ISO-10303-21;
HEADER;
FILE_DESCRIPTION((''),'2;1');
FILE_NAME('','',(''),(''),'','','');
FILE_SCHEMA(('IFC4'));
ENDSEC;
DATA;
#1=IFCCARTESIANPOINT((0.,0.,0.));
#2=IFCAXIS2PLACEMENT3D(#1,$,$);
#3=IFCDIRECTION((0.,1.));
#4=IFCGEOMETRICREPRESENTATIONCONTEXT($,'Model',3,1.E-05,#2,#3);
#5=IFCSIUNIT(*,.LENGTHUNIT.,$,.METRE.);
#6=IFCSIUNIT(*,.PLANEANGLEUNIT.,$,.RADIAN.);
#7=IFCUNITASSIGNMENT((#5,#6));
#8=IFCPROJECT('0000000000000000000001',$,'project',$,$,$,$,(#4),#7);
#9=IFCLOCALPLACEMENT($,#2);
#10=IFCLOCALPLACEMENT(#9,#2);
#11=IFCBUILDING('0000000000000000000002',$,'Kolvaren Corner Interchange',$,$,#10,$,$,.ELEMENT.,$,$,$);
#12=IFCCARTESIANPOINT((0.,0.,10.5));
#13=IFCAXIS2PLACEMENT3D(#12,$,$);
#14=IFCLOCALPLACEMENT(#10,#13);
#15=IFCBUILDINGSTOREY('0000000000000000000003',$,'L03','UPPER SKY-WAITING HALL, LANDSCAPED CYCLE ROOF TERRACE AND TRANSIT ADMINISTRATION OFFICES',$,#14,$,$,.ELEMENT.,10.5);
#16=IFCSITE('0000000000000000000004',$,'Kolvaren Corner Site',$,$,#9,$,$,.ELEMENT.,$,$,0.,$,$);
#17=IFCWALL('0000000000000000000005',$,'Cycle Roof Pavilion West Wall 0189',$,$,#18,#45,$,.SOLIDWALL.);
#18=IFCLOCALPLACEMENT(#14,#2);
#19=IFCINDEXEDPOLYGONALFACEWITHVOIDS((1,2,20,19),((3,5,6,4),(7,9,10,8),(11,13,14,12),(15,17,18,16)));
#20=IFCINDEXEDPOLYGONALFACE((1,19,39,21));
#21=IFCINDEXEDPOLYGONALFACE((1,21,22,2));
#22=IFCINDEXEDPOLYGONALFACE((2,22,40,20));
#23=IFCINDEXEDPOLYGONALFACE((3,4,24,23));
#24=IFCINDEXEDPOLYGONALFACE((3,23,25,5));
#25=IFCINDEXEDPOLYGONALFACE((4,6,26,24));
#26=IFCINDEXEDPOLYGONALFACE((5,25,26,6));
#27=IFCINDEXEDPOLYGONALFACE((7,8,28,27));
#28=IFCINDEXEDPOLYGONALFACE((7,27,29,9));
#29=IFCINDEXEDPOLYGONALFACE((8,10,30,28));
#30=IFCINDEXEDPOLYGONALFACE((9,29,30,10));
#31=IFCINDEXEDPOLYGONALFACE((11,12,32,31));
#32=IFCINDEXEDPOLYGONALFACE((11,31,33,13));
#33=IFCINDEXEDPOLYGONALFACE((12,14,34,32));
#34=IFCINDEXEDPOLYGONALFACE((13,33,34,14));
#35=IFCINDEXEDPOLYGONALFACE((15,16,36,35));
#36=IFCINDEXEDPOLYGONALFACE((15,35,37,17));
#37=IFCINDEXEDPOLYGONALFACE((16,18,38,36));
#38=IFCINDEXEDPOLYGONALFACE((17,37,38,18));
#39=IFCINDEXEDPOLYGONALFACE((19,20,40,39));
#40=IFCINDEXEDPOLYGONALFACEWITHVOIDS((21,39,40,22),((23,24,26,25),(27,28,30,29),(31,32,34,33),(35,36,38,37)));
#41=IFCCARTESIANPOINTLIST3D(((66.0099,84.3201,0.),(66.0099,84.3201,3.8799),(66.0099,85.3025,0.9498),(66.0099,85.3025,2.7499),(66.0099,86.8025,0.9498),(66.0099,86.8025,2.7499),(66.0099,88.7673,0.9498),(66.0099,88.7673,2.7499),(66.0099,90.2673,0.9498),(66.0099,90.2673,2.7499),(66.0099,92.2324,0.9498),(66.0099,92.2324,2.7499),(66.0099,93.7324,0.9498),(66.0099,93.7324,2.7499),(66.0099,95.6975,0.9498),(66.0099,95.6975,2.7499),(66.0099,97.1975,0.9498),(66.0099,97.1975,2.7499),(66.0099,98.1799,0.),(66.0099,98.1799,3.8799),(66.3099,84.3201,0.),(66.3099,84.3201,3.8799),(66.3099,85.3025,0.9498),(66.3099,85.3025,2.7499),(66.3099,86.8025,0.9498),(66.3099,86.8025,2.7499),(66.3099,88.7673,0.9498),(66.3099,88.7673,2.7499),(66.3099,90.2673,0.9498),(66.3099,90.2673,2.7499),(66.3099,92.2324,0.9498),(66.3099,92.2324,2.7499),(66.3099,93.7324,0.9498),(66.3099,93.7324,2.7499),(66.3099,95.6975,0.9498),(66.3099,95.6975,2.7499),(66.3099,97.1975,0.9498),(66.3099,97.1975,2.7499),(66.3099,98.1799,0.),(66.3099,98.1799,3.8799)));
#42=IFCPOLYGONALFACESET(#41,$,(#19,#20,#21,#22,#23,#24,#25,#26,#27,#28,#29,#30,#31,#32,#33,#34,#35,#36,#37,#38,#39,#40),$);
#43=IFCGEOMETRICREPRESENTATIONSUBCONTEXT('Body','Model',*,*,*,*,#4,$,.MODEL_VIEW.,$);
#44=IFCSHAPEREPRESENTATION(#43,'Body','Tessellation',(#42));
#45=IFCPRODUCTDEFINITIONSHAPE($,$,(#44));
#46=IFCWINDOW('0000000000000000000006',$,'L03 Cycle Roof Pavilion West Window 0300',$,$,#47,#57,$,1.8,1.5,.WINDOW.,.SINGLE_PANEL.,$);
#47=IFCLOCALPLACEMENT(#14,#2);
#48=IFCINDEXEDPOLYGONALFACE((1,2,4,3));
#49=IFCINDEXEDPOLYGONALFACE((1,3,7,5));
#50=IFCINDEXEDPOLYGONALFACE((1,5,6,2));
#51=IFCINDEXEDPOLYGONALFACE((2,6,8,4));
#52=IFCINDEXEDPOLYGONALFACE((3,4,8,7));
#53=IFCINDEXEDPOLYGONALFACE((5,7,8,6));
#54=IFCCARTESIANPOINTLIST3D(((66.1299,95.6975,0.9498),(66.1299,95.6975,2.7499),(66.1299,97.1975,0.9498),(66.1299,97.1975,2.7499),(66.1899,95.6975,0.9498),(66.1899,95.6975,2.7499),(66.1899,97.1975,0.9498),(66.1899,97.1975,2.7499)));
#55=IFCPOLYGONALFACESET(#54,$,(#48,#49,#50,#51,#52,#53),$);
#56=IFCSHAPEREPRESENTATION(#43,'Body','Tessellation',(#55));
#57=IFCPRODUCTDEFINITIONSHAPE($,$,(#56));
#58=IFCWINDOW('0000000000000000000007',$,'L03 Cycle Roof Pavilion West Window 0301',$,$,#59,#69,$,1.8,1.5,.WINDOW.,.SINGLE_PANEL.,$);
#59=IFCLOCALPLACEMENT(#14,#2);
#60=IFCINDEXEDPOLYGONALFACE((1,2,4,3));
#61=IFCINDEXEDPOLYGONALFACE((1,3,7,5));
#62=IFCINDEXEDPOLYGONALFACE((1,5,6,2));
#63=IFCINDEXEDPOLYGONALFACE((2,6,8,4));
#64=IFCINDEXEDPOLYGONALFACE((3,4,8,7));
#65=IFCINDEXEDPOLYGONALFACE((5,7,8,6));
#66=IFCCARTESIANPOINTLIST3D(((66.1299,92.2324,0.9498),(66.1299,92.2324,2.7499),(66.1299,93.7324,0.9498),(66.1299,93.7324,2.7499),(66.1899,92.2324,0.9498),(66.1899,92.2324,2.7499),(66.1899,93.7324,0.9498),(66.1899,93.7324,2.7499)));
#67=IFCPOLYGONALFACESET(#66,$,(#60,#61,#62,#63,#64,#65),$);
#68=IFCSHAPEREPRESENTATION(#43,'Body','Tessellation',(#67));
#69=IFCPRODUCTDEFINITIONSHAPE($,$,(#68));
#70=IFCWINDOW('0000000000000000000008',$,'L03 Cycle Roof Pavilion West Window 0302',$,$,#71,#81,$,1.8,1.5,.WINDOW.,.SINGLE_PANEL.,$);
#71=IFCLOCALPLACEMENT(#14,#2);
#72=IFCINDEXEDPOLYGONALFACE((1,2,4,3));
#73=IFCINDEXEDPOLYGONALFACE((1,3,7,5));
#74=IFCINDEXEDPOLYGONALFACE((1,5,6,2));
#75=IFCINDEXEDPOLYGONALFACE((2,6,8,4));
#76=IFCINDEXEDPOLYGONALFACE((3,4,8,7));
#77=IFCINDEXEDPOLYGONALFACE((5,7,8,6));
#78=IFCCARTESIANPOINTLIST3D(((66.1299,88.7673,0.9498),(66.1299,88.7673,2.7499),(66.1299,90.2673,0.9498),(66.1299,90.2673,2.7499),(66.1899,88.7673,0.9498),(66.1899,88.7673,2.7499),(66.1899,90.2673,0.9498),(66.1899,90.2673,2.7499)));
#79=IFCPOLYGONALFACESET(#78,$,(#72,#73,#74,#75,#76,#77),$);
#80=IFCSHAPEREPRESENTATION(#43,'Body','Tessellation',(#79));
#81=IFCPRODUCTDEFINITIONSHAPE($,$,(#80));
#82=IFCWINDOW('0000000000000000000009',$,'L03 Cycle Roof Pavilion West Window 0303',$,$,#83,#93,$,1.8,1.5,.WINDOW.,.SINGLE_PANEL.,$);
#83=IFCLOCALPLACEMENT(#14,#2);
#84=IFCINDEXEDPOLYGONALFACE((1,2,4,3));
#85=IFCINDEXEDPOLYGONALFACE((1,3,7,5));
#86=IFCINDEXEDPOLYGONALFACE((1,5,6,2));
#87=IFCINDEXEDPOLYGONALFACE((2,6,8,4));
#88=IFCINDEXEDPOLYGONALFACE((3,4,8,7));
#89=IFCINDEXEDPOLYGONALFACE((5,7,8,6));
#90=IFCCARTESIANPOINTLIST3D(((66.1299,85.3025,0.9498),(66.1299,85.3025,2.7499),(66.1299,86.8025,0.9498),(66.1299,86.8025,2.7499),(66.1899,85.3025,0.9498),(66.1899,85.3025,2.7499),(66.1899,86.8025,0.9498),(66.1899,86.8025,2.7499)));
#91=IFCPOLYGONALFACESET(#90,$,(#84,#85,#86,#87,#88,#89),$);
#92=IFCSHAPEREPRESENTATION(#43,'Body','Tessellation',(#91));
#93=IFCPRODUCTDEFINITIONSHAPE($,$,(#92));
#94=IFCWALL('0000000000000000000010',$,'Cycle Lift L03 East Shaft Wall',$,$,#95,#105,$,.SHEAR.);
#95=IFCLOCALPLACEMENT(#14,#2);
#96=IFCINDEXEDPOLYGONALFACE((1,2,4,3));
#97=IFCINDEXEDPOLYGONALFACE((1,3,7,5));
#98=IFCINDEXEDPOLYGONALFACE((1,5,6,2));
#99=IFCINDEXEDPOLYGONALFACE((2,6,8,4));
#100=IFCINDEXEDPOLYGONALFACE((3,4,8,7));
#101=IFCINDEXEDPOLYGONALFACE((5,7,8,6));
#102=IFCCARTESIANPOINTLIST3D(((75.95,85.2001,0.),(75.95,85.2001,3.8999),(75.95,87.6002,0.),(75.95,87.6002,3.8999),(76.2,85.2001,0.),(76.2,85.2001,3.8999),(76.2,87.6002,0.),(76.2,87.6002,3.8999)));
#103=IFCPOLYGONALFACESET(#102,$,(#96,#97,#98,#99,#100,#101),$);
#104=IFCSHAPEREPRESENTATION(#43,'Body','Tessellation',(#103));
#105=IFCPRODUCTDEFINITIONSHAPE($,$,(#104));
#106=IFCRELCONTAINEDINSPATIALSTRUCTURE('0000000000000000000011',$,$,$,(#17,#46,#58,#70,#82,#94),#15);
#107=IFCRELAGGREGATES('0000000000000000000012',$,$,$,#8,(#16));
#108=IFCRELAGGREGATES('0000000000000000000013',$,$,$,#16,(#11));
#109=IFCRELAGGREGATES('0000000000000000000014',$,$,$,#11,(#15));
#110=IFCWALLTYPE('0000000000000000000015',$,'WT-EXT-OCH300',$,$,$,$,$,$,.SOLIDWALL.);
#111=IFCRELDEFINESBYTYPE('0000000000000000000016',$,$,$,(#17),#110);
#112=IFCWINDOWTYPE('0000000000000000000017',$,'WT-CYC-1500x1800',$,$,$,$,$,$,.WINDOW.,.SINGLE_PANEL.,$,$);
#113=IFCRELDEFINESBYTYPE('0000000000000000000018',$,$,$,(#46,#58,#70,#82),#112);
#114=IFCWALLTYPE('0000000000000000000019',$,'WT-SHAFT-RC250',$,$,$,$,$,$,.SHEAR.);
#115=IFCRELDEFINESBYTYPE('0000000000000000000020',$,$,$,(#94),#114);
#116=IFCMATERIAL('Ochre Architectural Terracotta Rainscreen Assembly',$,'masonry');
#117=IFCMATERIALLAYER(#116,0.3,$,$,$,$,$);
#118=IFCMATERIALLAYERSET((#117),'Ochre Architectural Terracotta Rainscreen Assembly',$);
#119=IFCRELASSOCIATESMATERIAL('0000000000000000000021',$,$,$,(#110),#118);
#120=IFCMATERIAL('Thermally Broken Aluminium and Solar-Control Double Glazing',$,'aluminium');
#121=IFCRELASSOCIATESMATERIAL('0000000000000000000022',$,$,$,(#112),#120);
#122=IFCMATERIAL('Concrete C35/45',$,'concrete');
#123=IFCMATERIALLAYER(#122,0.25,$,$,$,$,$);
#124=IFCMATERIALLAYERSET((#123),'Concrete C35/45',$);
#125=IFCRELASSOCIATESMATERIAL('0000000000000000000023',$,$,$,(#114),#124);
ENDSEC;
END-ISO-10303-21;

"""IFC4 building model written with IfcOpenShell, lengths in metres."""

from ifc_helpers import new_model, si_unit, direction, frame, frame_2d, origin, place, context, subcontext, project, spatial, rectangle, extrude, material, layer, layer_set, type_object, element, fill, save


model = new_model("IFC4")

# Units and contexts
model_context = context("Model", 3, precision=1e-05, world=origin(), true_north=direction((0.0, 1.0)))
body_context = subcontext(model_context, "Body", "Model", "MODEL_VIEW")
ifc_project = project(units=[si_unit("LENGTHUNIT", "METRE"), si_unit("PLANEANGLEUNIT", "RADIAN")], contexts=[model_context])

# Site, building, storey
site_placement = place(None, origin())
site = spatial("IfcSite", under=ifc_project, at=site_placement, Name="Kolvaren Corner Site", CompositionType="ELEMENT", RefElevation=0.0)
building_placement = place(site_placement, origin())
building = spatial("IfcBuilding", under=site, at=building_placement, Name="Kolvaren Corner Interchange", CompositionType="ELEMENT")
storey_placement = place(building_placement, frame((0.0, 0.0, 10.5)))
storey = spatial("IfcBuildingStorey", under=building, at=storey_placement, Name="L03", Description="UPPER SKY-WAITING HALL, LANDSCAPED CYCLE ROOF TERRACE AND TRANSIT ADMINISTRATION OFFICES", CompositionType="ELEMENT", Elevation=10.5)

# Wall, openings, windows
ifc_material_1 = material(Name="Ochre Architectural Terracotta Rainscreen Assembly", Category="masonry")
ifc_layer_1 = layer(ifc_material_1, 0.3)
ifc_layer_set_1 = layer_set([ifc_layer_1], Name="Ochre Architectural Terracotta Rainscreen Assembly")
wall_type_1 = type_object("IfcWallType", Name="WT-EXT-OCH300", PredefinedType="SOLIDWALL", material=ifc_layer_set_1)
wall_1_placement = place(storey_placement, frame((66.1599, 98.1799, 0.0), z_axis=(0.0, 0.0, 1.0), x_axis=(0.0, -1.0, 0.0)))
wall_1 = element("IfcWall", 1, at=wall_1_placement, inside=storey, type_object=wall_type_1, Name="Cycle Roof Pavilion West Wall 0189", PredefinedType="SOLIDWALL", context=body_context, shape_type="SweptSolid", body=[
    extrude(rectangle(XDim=13.8599, YDim=0.3, at=frame_2d((6.9299, 0.0))), origin(), (0.0, 0.0, 1.0), 3.8799),
])
opening_1_placement = place(wall_1_placement, frame((0.9824, 0.0, 0.95)))
opening_1 = element("IfcOpeningElement", 2, at=opening_1_placement, cuts=wall_1, PredefinedType="OPENING", context=body_context, shape_type="SweptSolid", body=[
    extrude(rectangle(XDim=1.5, YDim=1.8, at=frame_2d((0.75, 0.8999))), frame((0.0, 0.1599, 0.0), z_axis=(0.0, -1.0, 0.0), x_axis=(1.0, 0.0, 0.0)), (0.0, 0.0, 1.0), 0.3201),
])
opening_2_placement = place(wall_1_placement, frame((4.4475, 0.0, 0.95)))
opening_2 = element("IfcOpeningElement", 3, at=opening_2_placement, cuts=wall_1, PredefinedType="OPENING", context=body_context, shape_type="SweptSolid", body=[
    extrude(rectangle(XDim=1.5, YDim=1.8, at=frame_2d((0.75, 0.8999))), frame((0.0, 0.1599, 0.0), z_axis=(0.0, -1.0, 0.0), x_axis=(1.0, 0.0, 0.0)), (0.0, 0.0, 1.0), 0.3201),
])
opening_3_placement = place(wall_1_placement, frame((7.9126, 0.0, 0.95)))
opening_3 = element("IfcOpeningElement", 4, at=opening_3_placement, cuts=wall_1, PredefinedType="OPENING", context=body_context, shape_type="SweptSolid", body=[
    extrude(rectangle(XDim=1.5, YDim=1.8, at=frame_2d((0.75, 0.8999))), frame((0.0, 0.1599, 0.0), z_axis=(0.0, -1.0, 0.0), x_axis=(1.0, 0.0, 0.0)), (0.0, 0.0, 1.0), 0.3201),
])
opening_4_placement = place(wall_1_placement, frame((11.3774, 0.0, 0.95)))
opening_4 = element("IfcOpeningElement", 5, at=opening_4_placement, cuts=wall_1, PredefinedType="OPENING", context=body_context, shape_type="SweptSolid", body=[
    extrude(rectangle(XDim=1.5, YDim=1.8, at=frame_2d((0.75, 0.8999))), frame((0.0, 0.1599, 0.0), z_axis=(0.0, -1.0, 0.0), x_axis=(1.0, 0.0, 0.0)), (0.0, 0.0, 1.0), 0.3201),
])
ifc_material_2 = material(Name="Thermally Broken Aluminium and Solar-Control Double Glazing", Category="aluminium")
window_type = type_object("IfcWindowType", Name="WT-CYC-1500x1800", PartitioningType="SINGLE_PANEL", PredefinedType="WINDOW", material=ifc_material_2)
window_1_placement = place(opening_1_placement, origin())
window_1 = element("IfcWindow", 6, at=window_1_placement, inside=storey, type_object=window_type, Name="L03 Cycle Roof Pavilion West Window 0300", OverallHeight=1.8, OverallWidth=1.5, PartitioningType="SINGLE_PANEL", PredefinedType="WINDOW", context=body_context, shape_type="SweptSolid", body=[
    extrude(rectangle(XDim=1.5, YDim=1.8, at=frame_2d((0.75, 0.8999))), frame((0.0, 0.03, 0.0), z_axis=(0.0, -1.0, 0.0), x_axis=(1.0, 0.0, 0.0)), (0.0, 0.0, 1.0), 0.0601),
])
fill(opening_1, window_1)
window_2_placement = place(opening_2_placement, origin())
window_2 = element("IfcWindow", 7, at=window_2_placement, inside=storey, type_object=window_type, Name="L03 Cycle Roof Pavilion West Window 0301", OverallHeight=1.8, OverallWidth=1.5, PartitioningType="SINGLE_PANEL", PredefinedType="WINDOW", context=body_context, shape_type="SweptSolid", body=[
    extrude(rectangle(XDim=1.5, YDim=1.8, at=frame_2d((0.75, 0.8999))), frame((0.0, 0.03, 0.0), z_axis=(0.0, -1.0, 0.0), x_axis=(1.0, 0.0, 0.0)), (0.0, 0.0, 1.0), 0.0601),
])
fill(opening_2, window_2)
window_3_placement = place(opening_3_placement, origin())
window_3 = element("IfcWindow", 8, at=window_3_placement, inside=storey, type_object=window_type, Name="L03 Cycle Roof Pavilion West Window 0302", OverallHeight=1.8, OverallWidth=1.5, PartitioningType="SINGLE_PANEL", PredefinedType="WINDOW", context=body_context, shape_type="SweptSolid", body=[
    extrude(rectangle(XDim=1.5, YDim=1.8, at=frame_2d((0.75, 0.8999))), frame((0.0, 0.03, 0.0), z_axis=(0.0, -1.0, 0.0), x_axis=(1.0, 0.0, 0.0)), (0.0, 0.0, 1.0), 0.0601),
])
fill(opening_3, window_3)
window_4_placement = place(opening_4_placement, origin())
window_4 = element("IfcWindow", 9, at=window_4_placement, inside=storey, type_object=window_type, Name="L03 Cycle Roof Pavilion West Window 0303", OverallHeight=1.8, OverallWidth=1.5, PartitioningType="SINGLE_PANEL", PredefinedType="WINDOW", context=body_context, shape_type="SweptSolid", body=[
    extrude(rectangle(XDim=1.5, YDim=1.8, at=frame_2d((0.75, 0.8999))), frame((0.0, 0.03, 0.0), z_axis=(0.0, -1.0, 0.0), x_axis=(1.0, 0.0, 0.0)), (0.0, 0.0, 1.0), 0.0601),
])
fill(opening_4, window_4)

# Shared definitions
ifc_material_3 = material(Name="Concrete C35/45", Category="concrete")
ifc_layer_2 = layer(ifc_material_3, 0.25)
ifc_layer_set_2 = layer_set([ifc_layer_2], Name="Concrete C35/45")
wall_type_2 = type_object("IfcWallType", Name="WT-SHAFT-RC250", PredefinedType="SHEAR", material=ifc_layer_set_2)

# Wall
wall_2_placement = place(storey_placement, frame((76.075, 85.2, 0.0), z_axis=(0.0, 0.0, 1.0), x_axis=(0.0, 1.0, 0.0)))
element("IfcWall", 10, at=wall_2_placement, inside=storey, type_object=wall_type_2, Name="Cycle Lift L03 East Shaft Wall", PredefinedType="SHEAR", context=body_context, shape_type="SweptSolid", body=[
    extrude(rectangle(XDim=2.4001, YDim=0.25, at=frame_2d((1.2002, 0.0))), origin(), (0.0, 0.0, 1.0), 3.8999),
])

save(model, "model.ifc")
